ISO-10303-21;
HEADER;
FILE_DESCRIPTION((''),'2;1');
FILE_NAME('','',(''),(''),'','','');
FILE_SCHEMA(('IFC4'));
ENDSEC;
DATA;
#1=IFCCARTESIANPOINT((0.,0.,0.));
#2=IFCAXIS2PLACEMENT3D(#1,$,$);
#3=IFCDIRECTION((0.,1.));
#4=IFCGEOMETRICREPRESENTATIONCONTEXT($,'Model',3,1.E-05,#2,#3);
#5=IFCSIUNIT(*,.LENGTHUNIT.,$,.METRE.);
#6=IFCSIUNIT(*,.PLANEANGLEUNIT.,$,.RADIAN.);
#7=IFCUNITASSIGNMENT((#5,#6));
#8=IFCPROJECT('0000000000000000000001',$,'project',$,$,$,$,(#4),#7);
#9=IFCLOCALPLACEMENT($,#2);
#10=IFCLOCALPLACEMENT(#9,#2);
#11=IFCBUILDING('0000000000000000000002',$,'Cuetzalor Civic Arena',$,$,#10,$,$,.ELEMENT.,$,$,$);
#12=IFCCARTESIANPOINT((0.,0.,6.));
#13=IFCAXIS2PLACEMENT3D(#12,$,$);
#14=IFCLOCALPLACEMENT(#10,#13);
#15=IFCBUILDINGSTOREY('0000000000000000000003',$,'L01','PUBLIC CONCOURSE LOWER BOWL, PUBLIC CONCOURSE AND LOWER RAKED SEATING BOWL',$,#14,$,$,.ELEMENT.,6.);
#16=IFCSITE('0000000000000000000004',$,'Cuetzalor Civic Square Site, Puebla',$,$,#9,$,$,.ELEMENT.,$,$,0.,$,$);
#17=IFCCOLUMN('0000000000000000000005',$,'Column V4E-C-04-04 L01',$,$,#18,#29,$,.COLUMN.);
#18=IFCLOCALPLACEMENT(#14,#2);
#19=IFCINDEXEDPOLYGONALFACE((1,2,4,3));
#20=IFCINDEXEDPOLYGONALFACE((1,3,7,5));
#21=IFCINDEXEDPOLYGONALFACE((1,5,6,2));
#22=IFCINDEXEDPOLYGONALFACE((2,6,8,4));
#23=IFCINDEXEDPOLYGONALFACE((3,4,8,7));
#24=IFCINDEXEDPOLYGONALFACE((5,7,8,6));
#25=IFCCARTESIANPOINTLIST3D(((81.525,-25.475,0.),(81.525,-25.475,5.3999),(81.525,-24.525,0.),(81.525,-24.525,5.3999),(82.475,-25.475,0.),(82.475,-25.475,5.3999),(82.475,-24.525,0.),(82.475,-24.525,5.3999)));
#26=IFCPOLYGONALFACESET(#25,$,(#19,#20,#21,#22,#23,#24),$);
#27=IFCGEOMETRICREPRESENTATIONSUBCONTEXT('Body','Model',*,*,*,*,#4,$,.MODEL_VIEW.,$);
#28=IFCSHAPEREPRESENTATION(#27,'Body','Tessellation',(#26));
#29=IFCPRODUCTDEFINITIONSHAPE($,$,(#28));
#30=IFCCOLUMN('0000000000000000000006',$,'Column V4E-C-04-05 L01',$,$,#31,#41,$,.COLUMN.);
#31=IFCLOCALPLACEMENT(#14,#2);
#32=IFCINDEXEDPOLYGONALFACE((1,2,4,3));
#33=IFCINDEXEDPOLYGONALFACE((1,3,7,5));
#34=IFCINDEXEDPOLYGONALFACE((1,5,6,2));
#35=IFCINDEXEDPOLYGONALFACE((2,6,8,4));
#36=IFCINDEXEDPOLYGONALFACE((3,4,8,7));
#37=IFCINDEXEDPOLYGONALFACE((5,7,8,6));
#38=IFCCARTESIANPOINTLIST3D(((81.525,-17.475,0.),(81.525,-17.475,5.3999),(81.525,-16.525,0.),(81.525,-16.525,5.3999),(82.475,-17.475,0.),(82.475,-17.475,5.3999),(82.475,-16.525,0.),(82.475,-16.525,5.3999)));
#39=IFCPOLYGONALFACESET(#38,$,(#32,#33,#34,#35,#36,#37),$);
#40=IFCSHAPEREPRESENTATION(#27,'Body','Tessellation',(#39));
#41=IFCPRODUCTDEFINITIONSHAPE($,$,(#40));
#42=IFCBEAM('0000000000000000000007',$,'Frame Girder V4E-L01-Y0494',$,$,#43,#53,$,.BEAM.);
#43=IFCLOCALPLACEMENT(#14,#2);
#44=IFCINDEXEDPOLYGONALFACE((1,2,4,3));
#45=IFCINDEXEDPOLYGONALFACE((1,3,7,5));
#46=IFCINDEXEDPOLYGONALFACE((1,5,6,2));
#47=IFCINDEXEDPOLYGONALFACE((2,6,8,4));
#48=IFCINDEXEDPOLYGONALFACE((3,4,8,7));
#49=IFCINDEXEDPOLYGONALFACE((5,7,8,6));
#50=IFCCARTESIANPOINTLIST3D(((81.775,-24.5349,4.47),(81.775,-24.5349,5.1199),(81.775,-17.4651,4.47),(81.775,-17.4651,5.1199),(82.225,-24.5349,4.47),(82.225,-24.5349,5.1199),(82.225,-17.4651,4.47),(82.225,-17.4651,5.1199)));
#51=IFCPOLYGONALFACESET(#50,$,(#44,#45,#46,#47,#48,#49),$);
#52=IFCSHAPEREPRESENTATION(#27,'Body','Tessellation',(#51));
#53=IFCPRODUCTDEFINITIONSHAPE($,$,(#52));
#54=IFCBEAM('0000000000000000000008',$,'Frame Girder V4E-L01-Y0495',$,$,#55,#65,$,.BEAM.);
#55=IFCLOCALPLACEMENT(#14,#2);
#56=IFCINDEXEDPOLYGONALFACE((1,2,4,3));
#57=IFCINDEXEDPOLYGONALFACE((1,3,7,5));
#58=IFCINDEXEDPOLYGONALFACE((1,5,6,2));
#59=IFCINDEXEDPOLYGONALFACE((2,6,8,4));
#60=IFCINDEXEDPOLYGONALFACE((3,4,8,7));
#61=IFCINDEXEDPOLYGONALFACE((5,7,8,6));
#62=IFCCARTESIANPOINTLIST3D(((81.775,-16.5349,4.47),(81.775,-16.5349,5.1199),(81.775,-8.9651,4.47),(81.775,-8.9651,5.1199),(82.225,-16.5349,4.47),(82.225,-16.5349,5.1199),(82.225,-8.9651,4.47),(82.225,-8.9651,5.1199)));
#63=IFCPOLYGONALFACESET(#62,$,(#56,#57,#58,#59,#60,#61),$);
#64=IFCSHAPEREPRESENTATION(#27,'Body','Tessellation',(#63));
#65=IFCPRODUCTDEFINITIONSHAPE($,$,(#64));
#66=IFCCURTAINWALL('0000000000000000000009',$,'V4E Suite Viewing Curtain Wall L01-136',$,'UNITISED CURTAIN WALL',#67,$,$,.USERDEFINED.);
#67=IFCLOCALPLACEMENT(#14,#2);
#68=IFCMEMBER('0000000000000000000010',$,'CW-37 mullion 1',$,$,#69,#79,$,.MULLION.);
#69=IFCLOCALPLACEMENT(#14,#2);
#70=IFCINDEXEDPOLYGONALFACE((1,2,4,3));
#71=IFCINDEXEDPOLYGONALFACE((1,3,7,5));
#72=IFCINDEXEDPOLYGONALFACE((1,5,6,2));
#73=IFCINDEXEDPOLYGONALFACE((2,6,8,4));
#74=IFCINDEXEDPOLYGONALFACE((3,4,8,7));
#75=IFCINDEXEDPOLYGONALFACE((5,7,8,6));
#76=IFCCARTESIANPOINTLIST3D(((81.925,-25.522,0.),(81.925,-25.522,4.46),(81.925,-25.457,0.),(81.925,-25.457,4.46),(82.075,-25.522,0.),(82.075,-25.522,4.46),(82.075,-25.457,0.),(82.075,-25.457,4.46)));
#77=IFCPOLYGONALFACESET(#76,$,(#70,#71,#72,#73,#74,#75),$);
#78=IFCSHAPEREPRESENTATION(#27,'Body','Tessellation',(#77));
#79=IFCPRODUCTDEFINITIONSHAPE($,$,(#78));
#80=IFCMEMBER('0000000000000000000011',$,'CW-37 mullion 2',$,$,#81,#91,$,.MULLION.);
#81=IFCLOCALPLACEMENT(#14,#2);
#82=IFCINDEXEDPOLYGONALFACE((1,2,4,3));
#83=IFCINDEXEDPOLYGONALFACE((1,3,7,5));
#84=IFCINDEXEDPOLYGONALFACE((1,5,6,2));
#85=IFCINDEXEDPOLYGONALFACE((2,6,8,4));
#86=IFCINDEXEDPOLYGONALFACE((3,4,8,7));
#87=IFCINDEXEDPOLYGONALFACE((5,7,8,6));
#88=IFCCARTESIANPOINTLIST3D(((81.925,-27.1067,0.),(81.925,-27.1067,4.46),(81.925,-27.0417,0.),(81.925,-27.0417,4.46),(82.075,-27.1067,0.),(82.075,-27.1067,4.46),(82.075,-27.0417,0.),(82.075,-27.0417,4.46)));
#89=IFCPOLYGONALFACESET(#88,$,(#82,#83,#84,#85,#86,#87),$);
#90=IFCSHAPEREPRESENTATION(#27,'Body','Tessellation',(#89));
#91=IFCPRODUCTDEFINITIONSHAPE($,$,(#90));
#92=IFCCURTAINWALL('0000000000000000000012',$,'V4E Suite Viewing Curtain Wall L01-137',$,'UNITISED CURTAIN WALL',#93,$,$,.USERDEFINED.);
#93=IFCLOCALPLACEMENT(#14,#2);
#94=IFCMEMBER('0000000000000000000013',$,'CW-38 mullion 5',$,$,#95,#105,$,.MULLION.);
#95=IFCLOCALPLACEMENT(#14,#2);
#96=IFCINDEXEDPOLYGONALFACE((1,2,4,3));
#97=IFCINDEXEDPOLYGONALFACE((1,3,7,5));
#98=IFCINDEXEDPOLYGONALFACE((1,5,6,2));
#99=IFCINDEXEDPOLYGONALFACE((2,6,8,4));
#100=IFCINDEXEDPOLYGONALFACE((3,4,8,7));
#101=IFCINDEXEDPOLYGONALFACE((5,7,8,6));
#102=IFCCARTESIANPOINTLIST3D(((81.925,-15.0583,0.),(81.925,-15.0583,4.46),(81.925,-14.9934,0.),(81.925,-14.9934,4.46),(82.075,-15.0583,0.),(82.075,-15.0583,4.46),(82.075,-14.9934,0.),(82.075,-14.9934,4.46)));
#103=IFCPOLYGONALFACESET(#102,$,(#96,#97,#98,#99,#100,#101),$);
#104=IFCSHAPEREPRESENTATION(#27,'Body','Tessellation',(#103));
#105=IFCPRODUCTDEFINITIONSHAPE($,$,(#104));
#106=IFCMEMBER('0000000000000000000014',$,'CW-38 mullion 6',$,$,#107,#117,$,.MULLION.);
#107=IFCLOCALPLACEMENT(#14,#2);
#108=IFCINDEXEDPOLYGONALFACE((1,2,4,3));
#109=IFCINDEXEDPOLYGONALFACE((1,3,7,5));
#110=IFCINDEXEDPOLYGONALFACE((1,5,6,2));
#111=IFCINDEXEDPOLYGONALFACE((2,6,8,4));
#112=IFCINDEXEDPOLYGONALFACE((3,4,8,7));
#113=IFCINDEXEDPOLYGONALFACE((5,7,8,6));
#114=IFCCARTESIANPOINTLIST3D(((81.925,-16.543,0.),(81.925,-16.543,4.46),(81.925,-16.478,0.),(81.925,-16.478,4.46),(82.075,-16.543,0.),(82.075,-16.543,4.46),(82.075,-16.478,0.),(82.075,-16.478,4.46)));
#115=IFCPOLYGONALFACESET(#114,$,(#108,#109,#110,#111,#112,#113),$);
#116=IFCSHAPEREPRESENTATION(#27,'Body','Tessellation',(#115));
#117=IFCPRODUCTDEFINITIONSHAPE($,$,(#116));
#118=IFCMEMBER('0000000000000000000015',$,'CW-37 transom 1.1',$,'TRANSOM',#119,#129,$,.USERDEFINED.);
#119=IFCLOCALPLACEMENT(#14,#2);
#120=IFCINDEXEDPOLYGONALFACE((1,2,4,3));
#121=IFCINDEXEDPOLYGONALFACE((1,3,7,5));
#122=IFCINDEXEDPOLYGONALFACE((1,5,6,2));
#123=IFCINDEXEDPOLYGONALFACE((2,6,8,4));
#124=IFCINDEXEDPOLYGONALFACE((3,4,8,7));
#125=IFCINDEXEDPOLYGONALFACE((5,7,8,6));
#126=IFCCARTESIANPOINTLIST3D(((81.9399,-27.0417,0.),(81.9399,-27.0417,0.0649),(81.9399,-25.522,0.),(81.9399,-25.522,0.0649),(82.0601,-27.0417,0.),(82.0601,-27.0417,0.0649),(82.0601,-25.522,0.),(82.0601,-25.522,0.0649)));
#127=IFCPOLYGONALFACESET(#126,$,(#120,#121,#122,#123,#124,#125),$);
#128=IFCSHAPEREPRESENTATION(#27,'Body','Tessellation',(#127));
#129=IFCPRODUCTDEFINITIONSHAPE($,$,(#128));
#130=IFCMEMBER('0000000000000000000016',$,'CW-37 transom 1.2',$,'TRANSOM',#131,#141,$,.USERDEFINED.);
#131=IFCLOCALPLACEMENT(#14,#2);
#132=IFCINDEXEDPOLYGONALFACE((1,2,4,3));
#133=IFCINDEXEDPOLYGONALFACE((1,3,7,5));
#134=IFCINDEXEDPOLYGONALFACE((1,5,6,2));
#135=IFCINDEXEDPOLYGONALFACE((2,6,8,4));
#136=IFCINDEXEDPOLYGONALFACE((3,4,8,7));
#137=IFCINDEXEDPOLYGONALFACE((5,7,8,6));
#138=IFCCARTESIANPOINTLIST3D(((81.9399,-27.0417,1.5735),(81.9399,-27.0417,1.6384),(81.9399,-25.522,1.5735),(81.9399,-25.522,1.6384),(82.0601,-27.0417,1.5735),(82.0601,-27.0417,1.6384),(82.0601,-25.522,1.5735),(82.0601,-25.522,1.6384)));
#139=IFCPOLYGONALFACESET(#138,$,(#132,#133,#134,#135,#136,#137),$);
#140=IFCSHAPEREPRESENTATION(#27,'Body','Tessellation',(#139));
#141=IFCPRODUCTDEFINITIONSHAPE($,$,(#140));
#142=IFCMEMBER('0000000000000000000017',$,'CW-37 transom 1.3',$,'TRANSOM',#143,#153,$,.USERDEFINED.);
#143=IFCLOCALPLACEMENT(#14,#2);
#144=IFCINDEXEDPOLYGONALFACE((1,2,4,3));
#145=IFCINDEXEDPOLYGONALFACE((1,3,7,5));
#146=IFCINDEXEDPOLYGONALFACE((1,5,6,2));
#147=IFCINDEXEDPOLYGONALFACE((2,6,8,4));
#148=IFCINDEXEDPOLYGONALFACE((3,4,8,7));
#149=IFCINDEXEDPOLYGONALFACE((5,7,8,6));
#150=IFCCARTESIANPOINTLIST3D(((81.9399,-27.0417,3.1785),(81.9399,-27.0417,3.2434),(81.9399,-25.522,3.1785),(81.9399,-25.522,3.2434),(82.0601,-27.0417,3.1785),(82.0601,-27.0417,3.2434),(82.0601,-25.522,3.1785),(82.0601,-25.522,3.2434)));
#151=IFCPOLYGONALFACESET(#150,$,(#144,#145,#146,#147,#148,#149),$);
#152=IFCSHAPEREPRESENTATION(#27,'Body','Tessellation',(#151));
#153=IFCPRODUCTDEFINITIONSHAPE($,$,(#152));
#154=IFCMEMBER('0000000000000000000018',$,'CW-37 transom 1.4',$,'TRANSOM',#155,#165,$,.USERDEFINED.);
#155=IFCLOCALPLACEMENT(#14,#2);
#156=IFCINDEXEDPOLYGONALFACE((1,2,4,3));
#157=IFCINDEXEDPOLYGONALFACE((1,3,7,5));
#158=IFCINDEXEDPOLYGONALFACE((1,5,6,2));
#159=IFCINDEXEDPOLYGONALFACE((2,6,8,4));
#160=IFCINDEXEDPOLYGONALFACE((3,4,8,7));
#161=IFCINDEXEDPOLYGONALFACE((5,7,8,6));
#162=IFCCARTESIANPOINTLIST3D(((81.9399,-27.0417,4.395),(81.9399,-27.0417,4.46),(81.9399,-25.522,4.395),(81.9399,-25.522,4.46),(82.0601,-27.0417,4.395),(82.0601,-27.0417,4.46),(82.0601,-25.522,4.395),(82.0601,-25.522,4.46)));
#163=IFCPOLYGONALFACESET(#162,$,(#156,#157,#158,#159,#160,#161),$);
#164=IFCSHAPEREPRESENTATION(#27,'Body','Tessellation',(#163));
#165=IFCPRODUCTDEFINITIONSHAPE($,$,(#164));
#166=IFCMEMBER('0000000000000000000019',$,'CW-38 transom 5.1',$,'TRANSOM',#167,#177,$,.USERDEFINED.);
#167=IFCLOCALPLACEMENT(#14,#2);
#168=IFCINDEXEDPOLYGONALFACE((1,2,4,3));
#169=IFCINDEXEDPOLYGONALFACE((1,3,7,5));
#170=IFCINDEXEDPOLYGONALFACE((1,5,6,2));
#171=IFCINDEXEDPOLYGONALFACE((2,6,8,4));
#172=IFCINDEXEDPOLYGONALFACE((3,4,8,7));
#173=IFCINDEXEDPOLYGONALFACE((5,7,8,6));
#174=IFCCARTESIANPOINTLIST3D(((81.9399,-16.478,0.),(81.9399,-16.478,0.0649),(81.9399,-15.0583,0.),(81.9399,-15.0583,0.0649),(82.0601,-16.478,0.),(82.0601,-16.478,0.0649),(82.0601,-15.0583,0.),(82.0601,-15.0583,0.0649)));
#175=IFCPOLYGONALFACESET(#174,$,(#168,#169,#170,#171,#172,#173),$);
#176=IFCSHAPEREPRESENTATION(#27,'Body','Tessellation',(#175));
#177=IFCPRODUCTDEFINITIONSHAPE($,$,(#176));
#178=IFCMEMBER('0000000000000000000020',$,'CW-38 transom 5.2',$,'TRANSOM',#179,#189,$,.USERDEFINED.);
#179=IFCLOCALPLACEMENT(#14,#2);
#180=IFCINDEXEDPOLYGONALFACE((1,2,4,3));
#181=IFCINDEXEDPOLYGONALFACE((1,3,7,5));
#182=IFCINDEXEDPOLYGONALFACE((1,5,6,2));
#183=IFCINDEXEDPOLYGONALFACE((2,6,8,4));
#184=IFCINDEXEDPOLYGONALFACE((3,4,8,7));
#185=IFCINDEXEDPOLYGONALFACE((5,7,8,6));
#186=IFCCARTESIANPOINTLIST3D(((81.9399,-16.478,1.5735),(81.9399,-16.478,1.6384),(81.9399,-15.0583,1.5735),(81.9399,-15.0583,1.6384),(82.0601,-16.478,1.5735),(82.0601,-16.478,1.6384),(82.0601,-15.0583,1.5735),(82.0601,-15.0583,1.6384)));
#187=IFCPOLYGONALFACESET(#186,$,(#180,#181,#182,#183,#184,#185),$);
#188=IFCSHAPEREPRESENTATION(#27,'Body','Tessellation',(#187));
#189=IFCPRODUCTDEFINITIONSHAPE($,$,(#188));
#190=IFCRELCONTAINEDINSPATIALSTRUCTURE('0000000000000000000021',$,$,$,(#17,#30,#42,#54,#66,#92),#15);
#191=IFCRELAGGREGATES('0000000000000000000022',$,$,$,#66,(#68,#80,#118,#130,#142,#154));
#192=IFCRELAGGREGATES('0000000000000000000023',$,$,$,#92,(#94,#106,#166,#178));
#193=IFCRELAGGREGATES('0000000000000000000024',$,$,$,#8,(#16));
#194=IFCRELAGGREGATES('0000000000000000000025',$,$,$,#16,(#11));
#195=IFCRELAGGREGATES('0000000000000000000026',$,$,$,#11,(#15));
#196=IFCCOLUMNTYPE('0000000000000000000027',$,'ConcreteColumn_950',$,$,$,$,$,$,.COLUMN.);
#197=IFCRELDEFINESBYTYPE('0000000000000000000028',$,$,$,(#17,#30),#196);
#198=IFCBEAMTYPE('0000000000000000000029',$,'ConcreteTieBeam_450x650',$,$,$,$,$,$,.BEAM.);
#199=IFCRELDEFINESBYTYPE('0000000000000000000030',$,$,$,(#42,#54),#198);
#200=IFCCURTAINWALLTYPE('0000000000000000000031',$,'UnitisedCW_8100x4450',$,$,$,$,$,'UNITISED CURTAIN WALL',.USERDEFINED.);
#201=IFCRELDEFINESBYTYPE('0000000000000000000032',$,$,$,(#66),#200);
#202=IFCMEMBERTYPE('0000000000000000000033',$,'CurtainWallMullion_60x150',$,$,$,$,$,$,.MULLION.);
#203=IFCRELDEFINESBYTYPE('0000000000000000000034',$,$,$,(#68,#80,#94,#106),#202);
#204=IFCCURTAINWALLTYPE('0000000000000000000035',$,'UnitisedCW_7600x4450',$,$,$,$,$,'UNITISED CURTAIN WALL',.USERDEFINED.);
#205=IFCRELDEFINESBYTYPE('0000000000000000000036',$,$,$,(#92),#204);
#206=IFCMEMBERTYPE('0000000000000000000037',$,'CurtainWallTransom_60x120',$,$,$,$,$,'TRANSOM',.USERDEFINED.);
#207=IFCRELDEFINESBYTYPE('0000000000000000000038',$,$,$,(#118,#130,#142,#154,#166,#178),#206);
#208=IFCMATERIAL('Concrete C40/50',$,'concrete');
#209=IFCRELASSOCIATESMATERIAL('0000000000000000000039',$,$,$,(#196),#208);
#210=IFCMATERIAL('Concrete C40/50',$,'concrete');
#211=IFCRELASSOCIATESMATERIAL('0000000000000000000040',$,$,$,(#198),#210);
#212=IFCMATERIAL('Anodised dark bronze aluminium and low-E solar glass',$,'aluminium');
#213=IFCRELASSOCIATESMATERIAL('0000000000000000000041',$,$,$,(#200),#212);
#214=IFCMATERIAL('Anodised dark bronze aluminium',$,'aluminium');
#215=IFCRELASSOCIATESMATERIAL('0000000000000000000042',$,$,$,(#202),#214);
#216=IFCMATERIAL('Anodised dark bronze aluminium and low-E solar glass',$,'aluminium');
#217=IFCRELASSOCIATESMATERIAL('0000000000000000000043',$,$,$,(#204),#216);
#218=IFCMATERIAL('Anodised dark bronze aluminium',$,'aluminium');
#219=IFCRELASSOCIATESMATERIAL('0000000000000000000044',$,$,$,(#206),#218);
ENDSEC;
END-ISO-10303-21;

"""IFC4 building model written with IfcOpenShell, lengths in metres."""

from ifc_helpers import new_model, si_unit, direction, frame, origin, origin_2d, place, context, subcontext, project, spatial, rectangle, extrude, material, material_profile, profile_set, type_object, element, aggregate, save


model = new_model("IFC4")

# Units and contexts
model_context = context("Model", 3, precision=1e-05, world=origin(), true_north=direction((0.0, 1.0)))
body_context = subcontext(model_context, "Body", "Model", "MODEL_VIEW")
ifc_project = project(units=[si_unit("LENGTHUNIT", "METRE"), si_unit("PLANEANGLEUNIT", "RADIAN")], contexts=[model_context])

# Site, building, storey
site_placement = place(None, origin())
site = spatial("IfcSite", under=ifc_project, at=site_placement, Name="Cuetzalor Civic Square Site, Puebla", CompositionType="ELEMENT", RefElevation=0.0)
building_placement = place(site_placement, origin())
building = spatial("IfcBuilding", under=site, at=building_placement, Name="Cuetzalor Civic Arena", CompositionType="ELEMENT")
storey_placement = place(building_placement, frame((0.0, 0.0, 6.0)))
storey = spatial("IfcBuildingStorey", under=building, at=storey_placement, Name="L01", Description="PUBLIC CONCOURSE LOWER BOWL, PUBLIC CONCOURSE AND LOWER RAKED SEATING BOWL", CompositionType="ELEMENT", Elevation=6.0)

# Columns
ifc_material_1 = material(Name="Concrete C40/50", Category="concrete")
ifc_material_profile_1 = material_profile(ifc_material_1, rectangle(XDim=0.95, YDim=0.95, at=origin_2d()), Name="RC 950x950")
ifc_profile_set_1 = profile_set([ifc_material_profile_1], Name="Concrete C40/50")
column_type = type_object("IfcColumnType", Name="ConcreteColumn_950", PredefinedType="COLUMN", material=ifc_profile_set_1)
for number, where, z_axis, x_axis, name in (
    (1, (82.0, -25.0, 0.0), (0.0, 0.0, 1.0), (1.0, 0.0, 0.0), "Column V4E-C-04-04 L01"),
    (2, (82.0, -17.0, 0.0), (0.0, 0.0, 1.0), (1.0, 0.0, 0.0), "Column V4E-C-04-05 L01"),
):
    element("IfcColumn", number, at=place(storey_placement, frame(where, z_axis=z_axis, x_axis=x_axis)), inside=storey, type_object=column_type, Name=name, PredefinedType="COLUMN", context=body_context, shape_type="SweptSolid", body=[
        extrude(rectangle(XDim=0.95, YDim=0.95, at=origin_2d()), origin(), (0.0, 0.0, 1.0), 5.3999),
    ])

# Beams
ifc_material_2 = material(Name="Concrete C40/50", Category="concrete")
ifc_material_profile_2 = material_profile(ifc_material_2, rectangle(XDim=0.45, YDim=0.6499, at=origin_2d()), Name="RC 450x650")
ifc_profile_set_2 = profile_set([ifc_material_profile_2], Name="Concrete C40/50")
beam_type = type_object("IfcBeamType", Name="ConcreteTieBeam_450x650", PredefinedType="BEAM", material=ifc_profile_set_2)
beam_1_placement = place(storey_placement, frame((82.0, -24.5349, 4.7949), z_axis=(0.0, 1.0, 0.0), x_axis=(-1.0, 0.0, 0.0)))
element("IfcBeam", 3, at=beam_1_placement, inside=storey, type_object=beam_type, Name="Frame Girder V4E-L01-Y0494", PredefinedType="BEAM", context=body_context, shape_type="SweptSolid", body=[
    extrude(rectangle(XDim=0.45, YDim=0.6499, at=origin_2d()), origin(), (0.0, 0.0, 1.0), 7.0698),
])
beam_2_placement = place(storey_placement, frame((82.0, -16.5349, 4.7949), z_axis=(0.0, 1.0, 0.0), x_axis=(-1.0, 0.0, 0.0)))
element("IfcBeam", 4, at=beam_2_placement, inside=storey, type_object=beam_type, Name="Frame Girder V4E-L01-Y0495", PredefinedType="BEAM", context=body_context, shape_type="SweptSolid", body=[
    extrude(rectangle(XDim=0.45, YDim=0.6499, at=origin_2d()), origin(), (0.0, 0.0, 1.0), 7.5698),
])

# Curtain walls, members
ifc_material_3 = material(Name="Anodised dark bronze aluminium and low-E solar glass", Category="aluminium")
curtain_wall_type_1 = type_object("IfcCurtainWallType", Name="UnitisedCW_8100x4450", ElementType="UNITISED CURTAIN WALL", PredefinedType="USERDEFINED", material=ifc_material_3)
curtain_wall_1_placement = place(storey_placement, origin())
curtain_wall_1 = element("IfcCurtainWall", 5, at=curtain_wall_1_placement, inside=storey, type_object=curtain_wall_type_1, Name="V4E Suite Viewing Curtain Wall L01-136", ObjectType="UNITISED CURTAIN WALL", PredefinedType="USERDEFINED")
ifc_material_4 = material(Name="Anodised dark bronze aluminium", Category="aluminium")
ifc_material_profile_3 = material_profile(ifc_material_4, rectangle(XDim=0.0649, YDim=0.1499, at=origin_2d()), Name="ALU MULLION 65x150")
ifc_profile_set_3 = profile_set([ifc_material_profile_3], Name="Anodised dark bronze aluminium")
member_type_1 = type_object("IfcMemberType", Name="CurtainWallMullion_60x150", PredefinedType="MULLION", material=ifc_profile_set_3)
member_1_placement = place(storey_placement, frame((82.0, -25.4895, 0.0), z_axis=(0.0, 0.0, 1.0), x_axis=(0.0, -1.0, 0.0)))
member_1 = element("IfcMember", 6, at=member_1_placement, type_object=member_type_1, Name="CW-37 mullion 1", PredefinedType="MULLION", context=body_context, shape_type="SweptSolid", body=[
    extrude(rectangle(XDim=0.0649, YDim=0.1499, at=origin_2d()), origin(), (0.0, 0.0, 1.0), 4.46),
])
member_2_placement = place(storey_placement, frame((82.0, -27.0742, 0.0), z_axis=(0.0, 0.0, 1.0), x_axis=(0.0, -1.0, 0.0)))
member_2 = element("IfcMember", 7, at=member_2_placement, type_object=member_type_1, Name="CW-37 mullion 2", PredefinedType="MULLION", context=body_context, shape_type="SweptSolid", body=[
    extrude(rectangle(XDim=0.0649, YDim=0.1499, at=origin_2d()), origin(), (0.0, 0.0, 1.0), 4.46),
])
ifc_material_5 = material(Name="Anodised dark bronze aluminium and low-E solar glass", Category="aluminium")
curtain_wall_type_2 = type_object("IfcCurtainWallType", Name="UnitisedCW_7600x4450", ElementType="UNITISED CURTAIN WALL", PredefinedType="USERDEFINED", material=ifc_material_5)
curtain_wall_2_placement = place(storey_placement, origin())
curtain_wall_2 = element("IfcCurtainWall", 8, at=curtain_wall_2_placement, inside=storey, type_object=curtain_wall_type_2, Name="V4E Suite Viewing Curtain Wall L01-137", ObjectType="UNITISED CURTAIN WALL", PredefinedType="USERDEFINED")
member_3_placement = place(storey_placement, frame((82.0, -15.0259, 0.0), z_axis=(0.0, 0.0, 1.0), x_axis=(0.0, -1.0, 0.0)))
member_3 = element("IfcMember", 9, at=member_3_placement, type_object=member_type_1, Name="CW-38 mullion 5", PredefinedType="MULLION", context=body_context, shape_type="SweptSolid", body=[
    extrude(rectangle(XDim=0.0649, YDim=0.1499, at=origin_2d()), origin(), (0.0, 0.0, 1.0), 4.46),
])
member_4_placement = place(storey_placement, frame((82.0, -16.5105, 0.0), z_axis=(0.0, 0.0, 1.0), x_axis=(0.0, -1.0, 0.0)))
member_4 = element("IfcMember", 10, at=member_4_placement, type_object=member_type_1, Name="CW-38 mullion 6", PredefinedType="MULLION", context=body_context, shape_type="SweptSolid", body=[
    extrude(rectangle(XDim=0.0649, YDim=0.1499, at=origin_2d()), origin(), (0.0, 0.0, 1.0), 4.46),
])

# Members
ifc_material_6 = material(Name="Anodised dark bronze aluminium", Category="aluminium")
ifc_material_profile_4 = material_profile(ifc_material_6, rectangle(XDim=0.1201, YDim=0.0649, at=origin_2d()), Name="ALU TRANSOM 65x120")
ifc_profile_set_4 = profile_set([ifc_material_profile_4], Name="Anodised dark bronze aluminium")
member_type_2 = type_object("IfcMemberType", Name="CurtainWallTransom_60x120", ElementType="TRANSOM", PredefinedType="USERDEFINED", material=ifc_profile_set_4)
member_5_placement = place(storey_placement, frame((82.0, -25.522, 0.0325), z_axis=(0.0, -1.0, 0.0), x_axis=(1.0, 0.0, 0.0)))
member_5 = element("IfcMember", 11, at=member_5_placement, type_object=member_type_2, Name="CW-37 transom 1.1", ObjectType="TRANSOM", PredefinedType="USERDEFINED", context=body_context, shape_type="SweptSolid", body=[
    extrude(rectangle(XDim=0.1201, YDim=0.0649, at=origin_2d()), origin(), (0.0, 0.0, 1.0), 1.5198),
])
member_6_placement = place(storey_placement, frame((82.0, -25.522, 1.606), z_axis=(0.0, -1.0, 0.0), x_axis=(1.0, 0.0, 0.0)))
member_6 = element("IfcMember", 12, at=member_6_placement, type_object=member_type_2, Name="CW-37 transom 1.2", ObjectType="TRANSOM", PredefinedType="USERDEFINED", context=body_context, shape_type="SweptSolid", body=[
    extrude(rectangle(XDim=0.1201, YDim=0.0649, at=origin_2d()), origin(), (0.0, 0.0, 1.0), 1.5198),
])
member_7_placement = place(storey_placement, frame((82.0, -25.522, 3.2109), z_axis=(0.0, -1.0, 0.0), x_axis=(1.0, 0.0, 0.0)))
member_7 = element("IfcMember", 13, at=member_7_placement, type_object=member_type_2, Name="CW-37 transom 1.3", ObjectType="TRANSOM", PredefinedType="USERDEFINED", context=body_context, shape_type="SweptSolid", body=[
    extrude(rectangle(XDim=0.1201, YDim=0.0649, at=origin_2d()), origin(), (0.0, 0.0, 1.0), 1.5198),
])
member_8_placement = place(storey_placement, frame((82.0, -25.522, 4.4275), z_axis=(0.0, -1.0, 0.0), x_axis=(1.0, 0.0, 0.0)))
member_8 = element("IfcMember", 14, at=member_8_placement, type_object=member_type_2, Name="CW-37 transom 1.4", ObjectType="TRANSOM", PredefinedType="USERDEFINED", context=body_context, shape_type="SweptSolid", body=[
    extrude(rectangle(XDim=0.1201, YDim=0.0649, at=origin_2d()), origin(), (0.0, 0.0, 1.0), 1.5198),
])
member_9_placement = place(storey_placement, frame((82.0, -15.0583, 0.0325), z_axis=(0.0, -1.0, 0.0), x_axis=(1.0, 0.0, 0.0)))
member_9 = element("IfcMember", 15, at=member_9_placement, type_object=member_type_2, Name="CW-38 transom 5.1", ObjectType="TRANSOM", PredefinedType="USERDEFINED", context=body_context, shape_type="SweptSolid", body=[
    extrude(rectangle(XDim=0.1201, YDim=0.0649, at=origin_2d()), origin(), (0.0, 0.0, 1.0), 1.4197),
])
member_10_placement = place(storey_placement, frame((82.0, -15.0583, 1.606), z_axis=(0.0, -1.0, 0.0), x_axis=(1.0, 0.0, 0.0)))
member_10 = element("IfcMember", 16, at=member_10_placement, type_object=member_type_2, Name="CW-38 transom 5.2", ObjectType="TRANSOM", PredefinedType="USERDEFINED", context=body_context, shape_type="SweptSolid", body=[
    extrude(rectangle(XDim=0.1201, YDim=0.0649, at=origin_2d()), origin(), (0.0, 0.0, 1.0), 1.4197),
])

aggregate(curtain_wall_1, [member_1, member_2, member_5, member_6, member_7, member_8])
aggregate(curtain_wall_2, [member_3, member_4, member_9, member_10])

save(model, "model.ifc")
